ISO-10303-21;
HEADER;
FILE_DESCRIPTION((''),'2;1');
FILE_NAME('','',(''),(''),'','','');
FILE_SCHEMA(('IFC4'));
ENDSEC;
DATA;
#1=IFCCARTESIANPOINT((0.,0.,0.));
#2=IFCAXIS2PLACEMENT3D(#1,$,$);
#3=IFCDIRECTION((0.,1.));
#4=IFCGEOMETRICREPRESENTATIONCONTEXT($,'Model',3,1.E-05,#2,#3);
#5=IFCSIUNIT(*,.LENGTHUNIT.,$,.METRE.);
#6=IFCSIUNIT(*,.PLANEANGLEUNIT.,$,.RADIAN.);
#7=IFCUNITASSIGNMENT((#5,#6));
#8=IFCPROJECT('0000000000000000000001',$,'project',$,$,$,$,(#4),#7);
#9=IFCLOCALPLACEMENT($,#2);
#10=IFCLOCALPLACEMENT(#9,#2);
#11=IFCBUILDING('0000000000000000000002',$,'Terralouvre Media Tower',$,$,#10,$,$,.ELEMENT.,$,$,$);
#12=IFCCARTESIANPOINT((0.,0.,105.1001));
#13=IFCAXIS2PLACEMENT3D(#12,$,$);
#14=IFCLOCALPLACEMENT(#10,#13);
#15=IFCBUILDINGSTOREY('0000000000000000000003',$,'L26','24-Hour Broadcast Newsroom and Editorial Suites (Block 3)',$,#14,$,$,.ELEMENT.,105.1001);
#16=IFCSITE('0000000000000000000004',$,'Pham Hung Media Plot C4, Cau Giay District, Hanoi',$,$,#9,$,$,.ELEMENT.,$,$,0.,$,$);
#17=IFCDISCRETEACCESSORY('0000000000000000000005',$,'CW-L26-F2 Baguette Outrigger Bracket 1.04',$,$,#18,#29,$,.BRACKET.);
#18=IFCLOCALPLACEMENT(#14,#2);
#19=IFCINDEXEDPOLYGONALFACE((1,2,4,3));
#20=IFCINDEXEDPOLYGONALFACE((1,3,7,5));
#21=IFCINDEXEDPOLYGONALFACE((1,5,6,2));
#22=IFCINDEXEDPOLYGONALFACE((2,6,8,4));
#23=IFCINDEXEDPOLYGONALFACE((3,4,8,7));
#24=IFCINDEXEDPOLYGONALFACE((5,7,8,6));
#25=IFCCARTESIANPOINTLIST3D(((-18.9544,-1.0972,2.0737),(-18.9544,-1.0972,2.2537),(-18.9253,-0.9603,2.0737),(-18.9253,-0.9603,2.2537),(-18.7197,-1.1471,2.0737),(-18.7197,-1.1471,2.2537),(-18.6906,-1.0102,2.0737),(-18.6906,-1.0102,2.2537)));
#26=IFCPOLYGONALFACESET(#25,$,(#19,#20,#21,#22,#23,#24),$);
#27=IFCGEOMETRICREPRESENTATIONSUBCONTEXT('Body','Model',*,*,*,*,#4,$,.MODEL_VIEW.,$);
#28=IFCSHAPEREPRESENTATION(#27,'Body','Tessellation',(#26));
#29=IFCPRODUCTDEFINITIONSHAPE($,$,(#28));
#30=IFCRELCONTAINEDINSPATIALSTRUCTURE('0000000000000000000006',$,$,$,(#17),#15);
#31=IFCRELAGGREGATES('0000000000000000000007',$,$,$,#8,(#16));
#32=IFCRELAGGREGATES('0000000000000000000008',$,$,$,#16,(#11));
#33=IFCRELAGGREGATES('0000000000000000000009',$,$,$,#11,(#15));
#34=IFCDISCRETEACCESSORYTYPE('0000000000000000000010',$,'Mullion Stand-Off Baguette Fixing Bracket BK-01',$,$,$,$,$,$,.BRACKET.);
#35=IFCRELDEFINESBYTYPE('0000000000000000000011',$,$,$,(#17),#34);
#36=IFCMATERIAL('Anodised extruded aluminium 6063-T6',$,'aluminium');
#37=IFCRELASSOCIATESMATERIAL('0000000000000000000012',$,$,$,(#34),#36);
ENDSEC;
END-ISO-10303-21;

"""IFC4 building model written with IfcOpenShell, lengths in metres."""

from ifc_helpers import new_model, si_unit, direction, frame, origin, origin_2d, place, context, subcontext, project, spatial, rectangle, extrude, material, type_object, element, save


model = new_model("IFC4")

# Units and contexts
model_context = context("Model", 3, precision=1e-05, world=origin(), true_north=direction((0.0, 1.0)))
body_context = subcontext(model_context, "Body", "Model", "MODEL_VIEW")
ifc_project = project(units=[si_unit("LENGTHUNIT", "METRE"), si_unit("PLANEANGLEUNIT", "RADIAN")], contexts=[model_context])

# Site, building, storey
site_placement = place(None, origin())
site = spatial("IfcSite", under=ifc_project, at=site_placement, Name="Pham Hung Media Plot C4, Cau Giay District, Hanoi", CompositionType="ELEMENT", RefElevation=0.0)
building_placement = place(site_placement, origin())
building = spatial("IfcBuilding", under=site, at=building_placement, Name="Terralouvre Media Tower", CompositionType="ELEMENT")
storey_placement = place(building_placement, frame((0.0, 0.0, 105.1001)))
storey = spatial("IfcBuildingStorey", under=building, at=storey_placement, Name="L26", Description="24-Hour Broadcast Newsroom and Editorial Suites (Block 3)", CompositionType="ELEMENT", Elevation=105.1001)

# Discrete accessory
ifc_material_1 = material(Name="Anodised extruded aluminium 6063-T6", Category="aluminium")
discrete_accessory_type = type_object("IfcDiscreteAccessoryType", Name="Mullion Stand-Off Baguette Fixing Bracket BK-01", PredefinedType="BRACKET", material=ifc_material_1)
discrete_accessory_placement = place(storey_placement, frame((-18.8225, -1.0537, 2.0737), z_axis=(0.0, 0.0, 1.0), x_axis=(-0.207912, -0.978148, 0.0)))
element("IfcDiscreteAccessory", 1, at=discrete_accessory_placement, inside=storey, type_object=discrete_accessory_type, Name="CW-L26-F2 Baguette Outrigger Bracket 1.04", PredefinedType="BRACKET", context=body_context, shape_type="SweptSolid", body=[
    extrude(rectangle(XDim=0.1399, YDim=0.24, at=origin_2d()), origin(), (0.0, 0.0, 1.0), 0.1799),
])

save(model, "model.ifc")
